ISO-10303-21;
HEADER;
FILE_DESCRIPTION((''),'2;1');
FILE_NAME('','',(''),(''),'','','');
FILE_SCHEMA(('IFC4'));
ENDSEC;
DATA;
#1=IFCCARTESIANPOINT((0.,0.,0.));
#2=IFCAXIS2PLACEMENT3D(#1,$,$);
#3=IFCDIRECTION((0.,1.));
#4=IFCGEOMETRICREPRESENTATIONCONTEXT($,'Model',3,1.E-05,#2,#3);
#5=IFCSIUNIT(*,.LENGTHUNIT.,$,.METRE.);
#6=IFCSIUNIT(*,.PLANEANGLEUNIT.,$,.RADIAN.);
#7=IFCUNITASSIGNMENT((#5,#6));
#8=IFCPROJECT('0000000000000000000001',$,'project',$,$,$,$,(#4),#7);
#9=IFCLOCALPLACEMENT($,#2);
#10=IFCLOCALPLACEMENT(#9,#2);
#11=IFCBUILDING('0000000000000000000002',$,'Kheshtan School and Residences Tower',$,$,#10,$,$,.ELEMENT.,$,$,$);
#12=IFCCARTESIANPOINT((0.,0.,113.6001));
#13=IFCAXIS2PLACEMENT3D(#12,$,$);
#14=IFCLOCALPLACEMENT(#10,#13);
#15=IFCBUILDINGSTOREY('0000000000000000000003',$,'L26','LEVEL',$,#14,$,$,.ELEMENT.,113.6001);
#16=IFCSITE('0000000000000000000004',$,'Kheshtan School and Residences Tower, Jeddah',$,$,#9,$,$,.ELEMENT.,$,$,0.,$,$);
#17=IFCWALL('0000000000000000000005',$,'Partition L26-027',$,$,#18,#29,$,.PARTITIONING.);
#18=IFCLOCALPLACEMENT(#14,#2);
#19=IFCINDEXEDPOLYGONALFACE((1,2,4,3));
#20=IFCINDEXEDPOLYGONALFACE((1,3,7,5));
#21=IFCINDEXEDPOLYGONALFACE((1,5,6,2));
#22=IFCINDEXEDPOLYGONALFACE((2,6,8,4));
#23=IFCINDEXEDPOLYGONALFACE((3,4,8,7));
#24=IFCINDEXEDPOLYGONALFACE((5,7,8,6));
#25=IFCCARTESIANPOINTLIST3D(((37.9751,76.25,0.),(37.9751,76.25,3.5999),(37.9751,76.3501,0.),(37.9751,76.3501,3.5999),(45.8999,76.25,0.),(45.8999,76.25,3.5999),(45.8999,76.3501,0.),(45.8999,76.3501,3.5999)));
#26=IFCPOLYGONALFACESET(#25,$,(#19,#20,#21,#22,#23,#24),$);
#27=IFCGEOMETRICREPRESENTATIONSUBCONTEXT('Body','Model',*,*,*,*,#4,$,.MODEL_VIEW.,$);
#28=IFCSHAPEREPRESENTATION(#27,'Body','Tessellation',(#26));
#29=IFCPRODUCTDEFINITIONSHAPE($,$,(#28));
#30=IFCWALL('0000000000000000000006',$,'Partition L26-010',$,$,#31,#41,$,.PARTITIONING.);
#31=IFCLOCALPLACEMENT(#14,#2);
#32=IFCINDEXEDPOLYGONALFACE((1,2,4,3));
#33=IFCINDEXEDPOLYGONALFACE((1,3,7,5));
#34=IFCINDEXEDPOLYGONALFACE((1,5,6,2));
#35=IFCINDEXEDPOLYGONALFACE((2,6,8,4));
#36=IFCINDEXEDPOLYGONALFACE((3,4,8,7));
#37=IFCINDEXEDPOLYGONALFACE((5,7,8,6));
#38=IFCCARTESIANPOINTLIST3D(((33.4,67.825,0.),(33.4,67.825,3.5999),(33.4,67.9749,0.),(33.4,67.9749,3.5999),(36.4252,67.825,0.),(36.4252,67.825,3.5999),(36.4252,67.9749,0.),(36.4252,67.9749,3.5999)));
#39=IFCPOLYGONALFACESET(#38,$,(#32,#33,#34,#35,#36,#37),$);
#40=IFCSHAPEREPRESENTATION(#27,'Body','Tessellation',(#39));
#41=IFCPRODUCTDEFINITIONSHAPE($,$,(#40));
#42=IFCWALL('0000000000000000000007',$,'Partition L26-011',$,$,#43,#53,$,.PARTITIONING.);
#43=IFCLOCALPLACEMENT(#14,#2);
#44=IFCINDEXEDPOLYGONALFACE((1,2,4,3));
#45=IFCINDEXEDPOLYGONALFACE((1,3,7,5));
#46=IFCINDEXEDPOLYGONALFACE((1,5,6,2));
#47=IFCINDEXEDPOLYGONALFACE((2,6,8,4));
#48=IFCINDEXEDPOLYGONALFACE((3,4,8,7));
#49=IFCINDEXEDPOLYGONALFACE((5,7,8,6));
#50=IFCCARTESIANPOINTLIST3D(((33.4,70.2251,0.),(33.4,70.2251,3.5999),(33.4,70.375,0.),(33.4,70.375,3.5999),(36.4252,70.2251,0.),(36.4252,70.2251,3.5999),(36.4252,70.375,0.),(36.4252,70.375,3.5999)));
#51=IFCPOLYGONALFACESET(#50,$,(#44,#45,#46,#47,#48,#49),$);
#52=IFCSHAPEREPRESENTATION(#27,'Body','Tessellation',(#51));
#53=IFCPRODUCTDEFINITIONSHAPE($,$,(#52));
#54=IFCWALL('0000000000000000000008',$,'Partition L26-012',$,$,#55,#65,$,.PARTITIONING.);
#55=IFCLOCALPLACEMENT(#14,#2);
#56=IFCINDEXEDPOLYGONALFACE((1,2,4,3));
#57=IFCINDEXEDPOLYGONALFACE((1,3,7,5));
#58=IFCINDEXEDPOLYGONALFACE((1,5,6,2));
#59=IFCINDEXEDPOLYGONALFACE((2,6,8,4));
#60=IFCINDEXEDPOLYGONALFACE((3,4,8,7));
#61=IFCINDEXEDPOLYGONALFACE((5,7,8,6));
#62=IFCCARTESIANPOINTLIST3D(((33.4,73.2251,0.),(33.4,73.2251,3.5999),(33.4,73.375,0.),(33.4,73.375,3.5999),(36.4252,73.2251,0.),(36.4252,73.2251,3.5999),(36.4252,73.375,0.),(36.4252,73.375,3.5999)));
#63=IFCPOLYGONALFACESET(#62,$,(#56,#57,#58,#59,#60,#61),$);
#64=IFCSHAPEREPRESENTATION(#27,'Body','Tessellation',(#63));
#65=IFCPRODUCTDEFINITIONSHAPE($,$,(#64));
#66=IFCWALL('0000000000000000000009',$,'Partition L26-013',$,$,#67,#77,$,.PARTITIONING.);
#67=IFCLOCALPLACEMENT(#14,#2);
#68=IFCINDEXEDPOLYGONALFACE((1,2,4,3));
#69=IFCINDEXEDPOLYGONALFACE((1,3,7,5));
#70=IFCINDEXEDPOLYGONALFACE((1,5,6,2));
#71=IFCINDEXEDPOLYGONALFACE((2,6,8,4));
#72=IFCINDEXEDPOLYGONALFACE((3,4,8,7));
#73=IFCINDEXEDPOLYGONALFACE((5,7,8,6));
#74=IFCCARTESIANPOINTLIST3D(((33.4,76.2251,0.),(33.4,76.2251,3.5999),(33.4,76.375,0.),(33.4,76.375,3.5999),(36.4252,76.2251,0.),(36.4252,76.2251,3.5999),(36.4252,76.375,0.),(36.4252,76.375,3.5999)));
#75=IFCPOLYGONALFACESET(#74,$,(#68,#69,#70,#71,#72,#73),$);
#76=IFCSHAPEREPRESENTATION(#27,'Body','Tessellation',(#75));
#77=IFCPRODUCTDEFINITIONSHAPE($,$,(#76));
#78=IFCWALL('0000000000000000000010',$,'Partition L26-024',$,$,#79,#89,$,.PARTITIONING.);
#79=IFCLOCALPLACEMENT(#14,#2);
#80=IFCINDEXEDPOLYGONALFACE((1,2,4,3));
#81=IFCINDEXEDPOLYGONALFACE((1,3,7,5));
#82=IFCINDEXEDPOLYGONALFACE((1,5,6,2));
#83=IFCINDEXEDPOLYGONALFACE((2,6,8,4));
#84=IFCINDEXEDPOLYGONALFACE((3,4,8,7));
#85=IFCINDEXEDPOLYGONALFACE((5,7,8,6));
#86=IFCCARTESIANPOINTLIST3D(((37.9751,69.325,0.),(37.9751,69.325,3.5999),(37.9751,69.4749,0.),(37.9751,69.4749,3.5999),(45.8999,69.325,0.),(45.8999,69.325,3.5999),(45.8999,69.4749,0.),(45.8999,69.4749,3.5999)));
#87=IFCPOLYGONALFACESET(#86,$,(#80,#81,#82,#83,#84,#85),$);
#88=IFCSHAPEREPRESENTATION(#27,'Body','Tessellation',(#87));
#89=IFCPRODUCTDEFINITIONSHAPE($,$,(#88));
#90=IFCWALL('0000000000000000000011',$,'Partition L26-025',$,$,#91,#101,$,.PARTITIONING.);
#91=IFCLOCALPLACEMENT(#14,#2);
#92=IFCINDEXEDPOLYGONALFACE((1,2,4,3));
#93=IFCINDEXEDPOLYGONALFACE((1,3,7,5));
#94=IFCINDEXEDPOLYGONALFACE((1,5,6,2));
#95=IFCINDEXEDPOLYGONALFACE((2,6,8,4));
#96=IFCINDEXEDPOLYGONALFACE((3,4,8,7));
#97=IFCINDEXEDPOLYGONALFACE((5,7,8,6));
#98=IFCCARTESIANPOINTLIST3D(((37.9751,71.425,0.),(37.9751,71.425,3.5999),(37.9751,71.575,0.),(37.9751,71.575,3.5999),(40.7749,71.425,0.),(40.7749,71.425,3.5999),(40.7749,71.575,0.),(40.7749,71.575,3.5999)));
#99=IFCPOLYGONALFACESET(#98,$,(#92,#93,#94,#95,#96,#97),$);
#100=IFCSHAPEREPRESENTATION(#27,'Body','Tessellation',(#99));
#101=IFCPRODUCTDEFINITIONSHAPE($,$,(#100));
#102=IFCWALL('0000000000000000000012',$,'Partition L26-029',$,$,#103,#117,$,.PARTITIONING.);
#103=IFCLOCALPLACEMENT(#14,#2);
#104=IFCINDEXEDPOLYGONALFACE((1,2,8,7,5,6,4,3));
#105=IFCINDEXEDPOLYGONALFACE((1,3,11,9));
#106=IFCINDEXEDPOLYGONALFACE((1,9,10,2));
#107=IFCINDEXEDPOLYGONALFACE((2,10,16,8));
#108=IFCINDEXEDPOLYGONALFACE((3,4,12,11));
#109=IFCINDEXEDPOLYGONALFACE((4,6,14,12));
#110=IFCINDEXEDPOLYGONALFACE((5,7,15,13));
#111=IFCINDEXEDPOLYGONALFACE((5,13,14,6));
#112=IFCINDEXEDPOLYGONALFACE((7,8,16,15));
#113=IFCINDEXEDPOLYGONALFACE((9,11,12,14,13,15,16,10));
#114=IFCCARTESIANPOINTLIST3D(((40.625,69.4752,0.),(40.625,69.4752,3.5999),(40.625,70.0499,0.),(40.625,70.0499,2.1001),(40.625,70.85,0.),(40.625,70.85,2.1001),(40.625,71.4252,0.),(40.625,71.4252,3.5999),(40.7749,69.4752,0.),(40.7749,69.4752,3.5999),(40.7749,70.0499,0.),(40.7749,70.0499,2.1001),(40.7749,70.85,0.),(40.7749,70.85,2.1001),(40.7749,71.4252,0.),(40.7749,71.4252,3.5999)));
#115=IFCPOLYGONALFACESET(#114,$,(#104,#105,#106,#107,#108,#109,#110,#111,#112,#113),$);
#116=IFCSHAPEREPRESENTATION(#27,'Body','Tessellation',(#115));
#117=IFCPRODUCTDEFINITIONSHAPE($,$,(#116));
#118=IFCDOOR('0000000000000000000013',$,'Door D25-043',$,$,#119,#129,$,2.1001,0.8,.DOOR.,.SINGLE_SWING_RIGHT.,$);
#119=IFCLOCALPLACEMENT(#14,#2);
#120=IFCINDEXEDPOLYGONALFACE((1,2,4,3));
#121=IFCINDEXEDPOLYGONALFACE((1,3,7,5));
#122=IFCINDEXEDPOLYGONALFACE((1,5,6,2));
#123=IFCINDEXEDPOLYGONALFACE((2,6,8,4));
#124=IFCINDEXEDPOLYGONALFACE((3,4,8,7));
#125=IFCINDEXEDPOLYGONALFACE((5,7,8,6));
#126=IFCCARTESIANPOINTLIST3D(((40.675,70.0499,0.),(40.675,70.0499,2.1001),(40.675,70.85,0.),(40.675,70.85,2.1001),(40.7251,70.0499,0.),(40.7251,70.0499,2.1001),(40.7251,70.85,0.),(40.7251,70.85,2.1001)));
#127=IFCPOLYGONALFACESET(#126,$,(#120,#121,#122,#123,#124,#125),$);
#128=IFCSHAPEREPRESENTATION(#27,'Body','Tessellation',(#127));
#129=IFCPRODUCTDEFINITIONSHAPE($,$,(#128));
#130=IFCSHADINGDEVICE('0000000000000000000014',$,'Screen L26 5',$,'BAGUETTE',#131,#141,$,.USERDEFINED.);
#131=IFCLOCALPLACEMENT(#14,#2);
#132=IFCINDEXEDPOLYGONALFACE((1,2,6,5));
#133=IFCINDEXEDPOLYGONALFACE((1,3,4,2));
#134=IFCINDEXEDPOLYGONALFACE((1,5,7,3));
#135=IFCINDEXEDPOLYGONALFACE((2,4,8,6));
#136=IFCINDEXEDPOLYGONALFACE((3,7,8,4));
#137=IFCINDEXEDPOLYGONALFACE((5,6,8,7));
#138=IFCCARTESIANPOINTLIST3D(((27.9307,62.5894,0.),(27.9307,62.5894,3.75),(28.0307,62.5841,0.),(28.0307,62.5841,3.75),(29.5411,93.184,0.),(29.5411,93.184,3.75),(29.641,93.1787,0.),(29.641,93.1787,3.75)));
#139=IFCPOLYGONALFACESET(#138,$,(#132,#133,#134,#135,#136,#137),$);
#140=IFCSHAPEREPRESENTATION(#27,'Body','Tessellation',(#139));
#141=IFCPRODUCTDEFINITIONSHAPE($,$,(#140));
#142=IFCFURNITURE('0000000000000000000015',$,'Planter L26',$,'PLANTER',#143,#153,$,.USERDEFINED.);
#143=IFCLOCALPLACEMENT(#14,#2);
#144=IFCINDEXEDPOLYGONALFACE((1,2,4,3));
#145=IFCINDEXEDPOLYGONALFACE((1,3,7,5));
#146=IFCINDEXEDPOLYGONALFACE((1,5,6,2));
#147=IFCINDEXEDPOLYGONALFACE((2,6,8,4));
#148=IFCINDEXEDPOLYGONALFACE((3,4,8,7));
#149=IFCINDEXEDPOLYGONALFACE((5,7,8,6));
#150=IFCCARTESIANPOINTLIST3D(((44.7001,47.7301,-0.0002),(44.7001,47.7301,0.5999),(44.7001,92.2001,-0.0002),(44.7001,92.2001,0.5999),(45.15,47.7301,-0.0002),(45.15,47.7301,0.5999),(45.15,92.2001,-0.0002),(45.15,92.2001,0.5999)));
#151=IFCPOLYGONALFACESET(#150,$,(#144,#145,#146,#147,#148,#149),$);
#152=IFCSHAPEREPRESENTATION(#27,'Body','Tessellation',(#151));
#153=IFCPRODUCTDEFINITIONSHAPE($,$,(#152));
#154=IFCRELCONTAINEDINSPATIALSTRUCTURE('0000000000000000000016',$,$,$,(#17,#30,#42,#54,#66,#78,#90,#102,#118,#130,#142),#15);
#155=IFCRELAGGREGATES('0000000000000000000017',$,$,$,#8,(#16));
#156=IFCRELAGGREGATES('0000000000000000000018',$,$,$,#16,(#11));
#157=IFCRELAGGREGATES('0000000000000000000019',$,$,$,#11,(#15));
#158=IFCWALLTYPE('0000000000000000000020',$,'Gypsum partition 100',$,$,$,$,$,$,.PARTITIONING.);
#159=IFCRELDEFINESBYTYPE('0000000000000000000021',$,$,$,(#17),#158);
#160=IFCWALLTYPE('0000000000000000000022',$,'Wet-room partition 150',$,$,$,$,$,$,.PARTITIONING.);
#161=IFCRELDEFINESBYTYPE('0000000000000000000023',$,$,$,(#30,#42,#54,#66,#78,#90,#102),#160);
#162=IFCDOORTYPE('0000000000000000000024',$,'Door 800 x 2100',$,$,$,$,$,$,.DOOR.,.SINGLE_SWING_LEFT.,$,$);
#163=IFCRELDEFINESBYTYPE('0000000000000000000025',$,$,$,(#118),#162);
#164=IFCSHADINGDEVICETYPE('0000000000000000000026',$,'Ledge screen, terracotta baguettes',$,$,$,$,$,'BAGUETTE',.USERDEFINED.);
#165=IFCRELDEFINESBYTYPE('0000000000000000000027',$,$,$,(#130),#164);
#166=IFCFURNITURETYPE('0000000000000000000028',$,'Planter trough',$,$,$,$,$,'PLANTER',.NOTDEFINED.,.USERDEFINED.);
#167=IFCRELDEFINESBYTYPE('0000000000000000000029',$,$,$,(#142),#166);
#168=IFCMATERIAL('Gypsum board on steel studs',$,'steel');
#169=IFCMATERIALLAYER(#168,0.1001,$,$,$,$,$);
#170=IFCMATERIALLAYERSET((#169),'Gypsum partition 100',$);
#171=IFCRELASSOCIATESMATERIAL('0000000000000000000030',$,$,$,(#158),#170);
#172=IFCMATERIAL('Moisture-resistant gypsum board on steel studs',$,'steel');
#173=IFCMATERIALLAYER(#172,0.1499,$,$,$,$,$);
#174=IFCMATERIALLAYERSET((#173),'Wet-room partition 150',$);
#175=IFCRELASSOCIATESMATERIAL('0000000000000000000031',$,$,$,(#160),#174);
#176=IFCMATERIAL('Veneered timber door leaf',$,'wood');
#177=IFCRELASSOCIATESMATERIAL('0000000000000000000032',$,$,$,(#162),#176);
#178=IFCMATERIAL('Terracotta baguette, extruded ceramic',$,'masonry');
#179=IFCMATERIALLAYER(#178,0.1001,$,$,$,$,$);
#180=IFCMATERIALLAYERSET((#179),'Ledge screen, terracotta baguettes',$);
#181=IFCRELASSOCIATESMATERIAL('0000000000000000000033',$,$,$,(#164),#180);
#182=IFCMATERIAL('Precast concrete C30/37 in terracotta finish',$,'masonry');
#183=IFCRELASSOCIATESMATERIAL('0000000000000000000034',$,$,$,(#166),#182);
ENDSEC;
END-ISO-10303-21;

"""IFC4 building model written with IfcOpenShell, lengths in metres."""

from ifc_helpers import new_model, si_unit, direction, frame, frame_2d, origin, origin_2d, place, context, subcontext, project, spatial, rectangle, extrude, source, transform, mapped, material, layer, layer_set, type_object, element, fill, save


model = new_model("IFC4")

# Units and contexts
model_context = context("Model", 3, precision=1e-05, world=origin(), true_north=direction((0.0, 1.0)))
body_context = subcontext(model_context, "Body", "Model", "MODEL_VIEW")
ifc_project = project(units=[si_unit("LENGTHUNIT", "METRE"), si_unit("PLANEANGLEUNIT", "RADIAN")], contexts=[model_context])

# Site, building, storey
site_placement = place(None, origin())
site = spatial("IfcSite", under=ifc_project, at=site_placement, Name="Kheshtan School and Residences Tower, Jeddah", CompositionType="ELEMENT", RefElevation=0.0)
building_placement = place(site_placement, origin())
building = spatial("IfcBuilding", under=site, at=building_placement, Name="Kheshtan School and Residences Tower", CompositionType="ELEMENT")
storey_placement = place(building_placement, frame((0.0, 0.0, 113.6001)))
storey = spatial("IfcBuildingStorey", under=building, at=storey_placement, Name="L26", Description="LEVEL", CompositionType="ELEMENT", Elevation=113.6001)

# Walls
ifc_material_1 = material(Name="Gypsum board on steel studs", Category="steel")
ifc_layer_1 = layer(ifc_material_1, 0.1001)
ifc_layer_set_1 = layer_set([ifc_layer_1], Name="Gypsum partition 100")
wall_type_1 = type_object("IfcWallType", Name="Gypsum partition 100", PredefinedType="PARTITIONING", material=ifc_layer_set_1)
for number, where, z_axis, x_axis, name in (
    (1, (37.9751, 76.3, 0.0), (0.0, 0.0, 1.0), (1.0, 0.0, 0.0), "Partition L26-027"),
):
    element("IfcWall", number, at=place(storey_placement, frame(where, z_axis=z_axis, x_axis=x_axis)), inside=storey, type_object=wall_type_1, Name=name, PredefinedType="PARTITIONING", context=body_context, shape_type="SweptSolid", body=[
        extrude(rectangle(XDim=7.9248, YDim=0.1001, at=frame_2d((3.9624, 0.0))), origin(), (0.0, 0.0, 1.0), 3.5999),
    ])
ifc_material_2 = material(Name="Moisture-resistant gypsum board on steel studs", Category="steel")
ifc_layer_2 = layer(ifc_material_2, 0.1499)
ifc_layer_set_2 = layer_set([ifc_layer_2], Name="Wet-room partition 150")
wall_type_2 = type_object("IfcWallType", Name="Wet-room partition 150", PredefinedType="PARTITIONING", material=ifc_layer_set_2)
for number, where, z_axis, x_axis, name in (
    (2, (33.3999, 67.8999, 0.0), (0.0, 0.0, 1.0), (1.0, 0.0, 0.0), "Partition L26-010"),
    (3, (33.3999, 70.3, 0.0), (0.0, 0.0, 1.0), (1.0, 0.0, 0.0), "Partition L26-011"),
    (4, (33.3999, 73.3, 0.0), (0.0, 0.0, 1.0), (1.0, 0.0, 0.0), "Partition L26-012"),
    (5, (33.3999, 76.3, 0.0), (0.0, 0.0, 1.0), (1.0, 0.0, 0.0), "Partition L26-013"),
):
    element("IfcWall", number, at=place(storey_placement, frame(where, z_axis=z_axis, x_axis=x_axis)), inside=storey, type_object=wall_type_2, Name=name, PredefinedType="PARTITIONING", context=body_context, shape_type="SweptSolid", body=[
        extrude(rectangle(XDim=3.0251, YDim=0.1499, at=frame_2d((1.5127, 0.0))), origin(), (0.0, 0.0, 1.0), 3.5999),
    ])
wall_1_placement = place(storey_placement, frame((37.9751, 69.3999, 0.0), z_axis=(0.0, 0.0, 1.0), x_axis=(1.0, 0.0, 0.0)))
element("IfcWall", 6, at=wall_1_placement, inside=storey, type_object=wall_type_2, Name="Partition L26-024", PredefinedType="PARTITIONING", context=body_context, shape_type="SweptSolid", body=[
    extrude(rectangle(XDim=7.9248, YDim=0.1499, at=frame_2d((3.9624, 0.0))), origin(), (0.0, 0.0, 1.0), 3.5999),
])
wall_2_placement = place(storey_placement, frame((37.9751, 71.5, 0.0), z_axis=(0.0, 0.0, 1.0), x_axis=(1.0, 0.0, 0.0)))
element("IfcWall", 7, at=wall_2_placement, inside=storey, type_object=wall_type_2, Name="Partition L26-025", PredefinedType="PARTITIONING", context=body_context, shape_type="SweptSolid", body=[
    extrude(rectangle(XDim=2.7998, YDim=0.1499, at=frame_2d((1.3999, 0.0))), origin(), (0.0, 0.0, 1.0), 3.5999),
])

# Wall, opening, door
wall_3_placement = place(storey_placement, frame((40.7, 69.4751, 0.0), z_axis=(0.0, 0.0, 1.0), x_axis=(0.0, 1.0, 0.0)))
wall_3 = element("IfcWall", 8, at=wall_3_placement, inside=storey, type_object=wall_type_2, Name="Partition L26-029", PredefinedType="PARTITIONING", context=body_context, shape_type="SweptSolid", body=[
    extrude(rectangle(XDim=1.95, YDim=0.1499, at=frame_2d((0.9751, 0.0))), origin(), (0.0, 0.0, 1.0), 3.5999),
])
opening_1_placement = place(wall_3_placement, frame((0.575, 0.0, 0.0)))
opening_1 = element("IfcOpeningElement", 9, at=opening_1_placement, cuts=wall_3, PredefinedType="OPENING", context=body_context, shape_type="SweptSolid", body=[
    extrude(rectangle(XDim=0.8, YDim=2.1001, at=frame_2d((0.3999, 1.05))), frame((0.0, 0.085, 0.0), z_axis=(0.0, -1.0, 0.0), x_axis=(1.0, 0.0, 0.0)), (0.0, 0.0, 1.0), 0.1699),
])
ifc_material_3 = material(Name="Veneered timber door leaf", Category="wood")
door_type_1 = type_object("IfcDoorType", Name="Door 800 x 2100", OperationType="SINGLE_SWING_LEFT", PredefinedType="DOOR", material=ifc_material_3)
shared_shape_1 = source(origin(), body_context, "Body", "SweptSolid", [
    extrude(rectangle(XDim=0.8, YDim=2.1001, at=frame_2d((0.3999, 1.05))), frame((0.0, 0.0249, 0.0), z_axis=(0.0, -1.0, 0.0), x_axis=(1.0, 0.0, 0.0)), (0.0, 0.0, 1.0), 0.05),
])
door_1_placement = place(opening_1_placement, origin())
door_1 = element("IfcDoor", 10, at=door_1_placement, inside=storey, type_object=door_type_1, Name="Door D25-043", OperationType="SINGLE_SWING_RIGHT", OverallHeight=2.1001, OverallWidth=0.8, PredefinedType="DOOR", context=body_context, shape_type="MappedRepresentation", body=[
    mapped(shared_shape_1, transform((0.0, 0.0, 0.0), x_axis=(1.0, 0.0, 0.0), y_axis=(0.0, 1.0, 0.0), z_axis=(0.0, 0.0, 1.0), scale=1.0)),
])
fill(opening_1, door_1)

# Shading device
ifc_material_4 = material(Name="Terracotta baguette, extruded ceramic", Category="masonry")
ifc_layer_3 = layer(ifc_material_4, 0.1001)
ifc_layer_set_3 = layer_set([ifc_layer_3], Name="Ledge screen, terracotta baguettes")
shading_device_type = type_object("IfcShadingDeviceType", Name="Ledge screen, terracotta baguettes", ElementType="BAGUETTE", PredefinedType="USERDEFINED", material=ifc_layer_set_3)
shading_device_placement = place(storey_placement, frame((28.7859, 77.884, 0.0), z_axis=(0.0, 0.0, 1.0), x_axis=(0.052563, 0.998618, 0.0)))
element("IfcShadingDevice", 11, at=shading_device_placement, inside=storey, type_object=shading_device_type, Name="Screen L26 5", ObjectType="BAGUETTE", PredefinedType="USERDEFINED", context=body_context, shape_type="SweptSolid", body=[
    extrude(rectangle(XDim=30.637, YDim=0.1001, at=origin_2d()), origin(), (0.0, 0.0, 1.0), 3.75),
])

# Furniture
ifc_material_5 = material(Name="Precast concrete C30/37 in terracotta finish", Category="masonry")
furniture_type = type_object("IfcFurnitureType", Name="Planter trough", ElementType="PLANTER", AssemblyPlace="NOTDEFINED", PredefinedType="USERDEFINED", material=ifc_material_5)
furniture_placement = place(storey_placement, frame((44.925, 69.9651, -0.0002), z_axis=(0.0, 0.0, 1.0), x_axis=(0.0, -1.0, 0.0)))
element("IfcFurniture", 12, at=furniture_placement, inside=storey, type_object=furniture_type, Name="Planter L26", ObjectType="PLANTER", PredefinedType="USERDEFINED", context=body_context, shape_type="SweptSolid", body=[
    extrude(rectangle(XDim=44.47, YDim=0.45, at=origin_2d()), origin(), (0.0, 0.0, 1.0), 0.6001),
])

save(model, "model.ifc")
